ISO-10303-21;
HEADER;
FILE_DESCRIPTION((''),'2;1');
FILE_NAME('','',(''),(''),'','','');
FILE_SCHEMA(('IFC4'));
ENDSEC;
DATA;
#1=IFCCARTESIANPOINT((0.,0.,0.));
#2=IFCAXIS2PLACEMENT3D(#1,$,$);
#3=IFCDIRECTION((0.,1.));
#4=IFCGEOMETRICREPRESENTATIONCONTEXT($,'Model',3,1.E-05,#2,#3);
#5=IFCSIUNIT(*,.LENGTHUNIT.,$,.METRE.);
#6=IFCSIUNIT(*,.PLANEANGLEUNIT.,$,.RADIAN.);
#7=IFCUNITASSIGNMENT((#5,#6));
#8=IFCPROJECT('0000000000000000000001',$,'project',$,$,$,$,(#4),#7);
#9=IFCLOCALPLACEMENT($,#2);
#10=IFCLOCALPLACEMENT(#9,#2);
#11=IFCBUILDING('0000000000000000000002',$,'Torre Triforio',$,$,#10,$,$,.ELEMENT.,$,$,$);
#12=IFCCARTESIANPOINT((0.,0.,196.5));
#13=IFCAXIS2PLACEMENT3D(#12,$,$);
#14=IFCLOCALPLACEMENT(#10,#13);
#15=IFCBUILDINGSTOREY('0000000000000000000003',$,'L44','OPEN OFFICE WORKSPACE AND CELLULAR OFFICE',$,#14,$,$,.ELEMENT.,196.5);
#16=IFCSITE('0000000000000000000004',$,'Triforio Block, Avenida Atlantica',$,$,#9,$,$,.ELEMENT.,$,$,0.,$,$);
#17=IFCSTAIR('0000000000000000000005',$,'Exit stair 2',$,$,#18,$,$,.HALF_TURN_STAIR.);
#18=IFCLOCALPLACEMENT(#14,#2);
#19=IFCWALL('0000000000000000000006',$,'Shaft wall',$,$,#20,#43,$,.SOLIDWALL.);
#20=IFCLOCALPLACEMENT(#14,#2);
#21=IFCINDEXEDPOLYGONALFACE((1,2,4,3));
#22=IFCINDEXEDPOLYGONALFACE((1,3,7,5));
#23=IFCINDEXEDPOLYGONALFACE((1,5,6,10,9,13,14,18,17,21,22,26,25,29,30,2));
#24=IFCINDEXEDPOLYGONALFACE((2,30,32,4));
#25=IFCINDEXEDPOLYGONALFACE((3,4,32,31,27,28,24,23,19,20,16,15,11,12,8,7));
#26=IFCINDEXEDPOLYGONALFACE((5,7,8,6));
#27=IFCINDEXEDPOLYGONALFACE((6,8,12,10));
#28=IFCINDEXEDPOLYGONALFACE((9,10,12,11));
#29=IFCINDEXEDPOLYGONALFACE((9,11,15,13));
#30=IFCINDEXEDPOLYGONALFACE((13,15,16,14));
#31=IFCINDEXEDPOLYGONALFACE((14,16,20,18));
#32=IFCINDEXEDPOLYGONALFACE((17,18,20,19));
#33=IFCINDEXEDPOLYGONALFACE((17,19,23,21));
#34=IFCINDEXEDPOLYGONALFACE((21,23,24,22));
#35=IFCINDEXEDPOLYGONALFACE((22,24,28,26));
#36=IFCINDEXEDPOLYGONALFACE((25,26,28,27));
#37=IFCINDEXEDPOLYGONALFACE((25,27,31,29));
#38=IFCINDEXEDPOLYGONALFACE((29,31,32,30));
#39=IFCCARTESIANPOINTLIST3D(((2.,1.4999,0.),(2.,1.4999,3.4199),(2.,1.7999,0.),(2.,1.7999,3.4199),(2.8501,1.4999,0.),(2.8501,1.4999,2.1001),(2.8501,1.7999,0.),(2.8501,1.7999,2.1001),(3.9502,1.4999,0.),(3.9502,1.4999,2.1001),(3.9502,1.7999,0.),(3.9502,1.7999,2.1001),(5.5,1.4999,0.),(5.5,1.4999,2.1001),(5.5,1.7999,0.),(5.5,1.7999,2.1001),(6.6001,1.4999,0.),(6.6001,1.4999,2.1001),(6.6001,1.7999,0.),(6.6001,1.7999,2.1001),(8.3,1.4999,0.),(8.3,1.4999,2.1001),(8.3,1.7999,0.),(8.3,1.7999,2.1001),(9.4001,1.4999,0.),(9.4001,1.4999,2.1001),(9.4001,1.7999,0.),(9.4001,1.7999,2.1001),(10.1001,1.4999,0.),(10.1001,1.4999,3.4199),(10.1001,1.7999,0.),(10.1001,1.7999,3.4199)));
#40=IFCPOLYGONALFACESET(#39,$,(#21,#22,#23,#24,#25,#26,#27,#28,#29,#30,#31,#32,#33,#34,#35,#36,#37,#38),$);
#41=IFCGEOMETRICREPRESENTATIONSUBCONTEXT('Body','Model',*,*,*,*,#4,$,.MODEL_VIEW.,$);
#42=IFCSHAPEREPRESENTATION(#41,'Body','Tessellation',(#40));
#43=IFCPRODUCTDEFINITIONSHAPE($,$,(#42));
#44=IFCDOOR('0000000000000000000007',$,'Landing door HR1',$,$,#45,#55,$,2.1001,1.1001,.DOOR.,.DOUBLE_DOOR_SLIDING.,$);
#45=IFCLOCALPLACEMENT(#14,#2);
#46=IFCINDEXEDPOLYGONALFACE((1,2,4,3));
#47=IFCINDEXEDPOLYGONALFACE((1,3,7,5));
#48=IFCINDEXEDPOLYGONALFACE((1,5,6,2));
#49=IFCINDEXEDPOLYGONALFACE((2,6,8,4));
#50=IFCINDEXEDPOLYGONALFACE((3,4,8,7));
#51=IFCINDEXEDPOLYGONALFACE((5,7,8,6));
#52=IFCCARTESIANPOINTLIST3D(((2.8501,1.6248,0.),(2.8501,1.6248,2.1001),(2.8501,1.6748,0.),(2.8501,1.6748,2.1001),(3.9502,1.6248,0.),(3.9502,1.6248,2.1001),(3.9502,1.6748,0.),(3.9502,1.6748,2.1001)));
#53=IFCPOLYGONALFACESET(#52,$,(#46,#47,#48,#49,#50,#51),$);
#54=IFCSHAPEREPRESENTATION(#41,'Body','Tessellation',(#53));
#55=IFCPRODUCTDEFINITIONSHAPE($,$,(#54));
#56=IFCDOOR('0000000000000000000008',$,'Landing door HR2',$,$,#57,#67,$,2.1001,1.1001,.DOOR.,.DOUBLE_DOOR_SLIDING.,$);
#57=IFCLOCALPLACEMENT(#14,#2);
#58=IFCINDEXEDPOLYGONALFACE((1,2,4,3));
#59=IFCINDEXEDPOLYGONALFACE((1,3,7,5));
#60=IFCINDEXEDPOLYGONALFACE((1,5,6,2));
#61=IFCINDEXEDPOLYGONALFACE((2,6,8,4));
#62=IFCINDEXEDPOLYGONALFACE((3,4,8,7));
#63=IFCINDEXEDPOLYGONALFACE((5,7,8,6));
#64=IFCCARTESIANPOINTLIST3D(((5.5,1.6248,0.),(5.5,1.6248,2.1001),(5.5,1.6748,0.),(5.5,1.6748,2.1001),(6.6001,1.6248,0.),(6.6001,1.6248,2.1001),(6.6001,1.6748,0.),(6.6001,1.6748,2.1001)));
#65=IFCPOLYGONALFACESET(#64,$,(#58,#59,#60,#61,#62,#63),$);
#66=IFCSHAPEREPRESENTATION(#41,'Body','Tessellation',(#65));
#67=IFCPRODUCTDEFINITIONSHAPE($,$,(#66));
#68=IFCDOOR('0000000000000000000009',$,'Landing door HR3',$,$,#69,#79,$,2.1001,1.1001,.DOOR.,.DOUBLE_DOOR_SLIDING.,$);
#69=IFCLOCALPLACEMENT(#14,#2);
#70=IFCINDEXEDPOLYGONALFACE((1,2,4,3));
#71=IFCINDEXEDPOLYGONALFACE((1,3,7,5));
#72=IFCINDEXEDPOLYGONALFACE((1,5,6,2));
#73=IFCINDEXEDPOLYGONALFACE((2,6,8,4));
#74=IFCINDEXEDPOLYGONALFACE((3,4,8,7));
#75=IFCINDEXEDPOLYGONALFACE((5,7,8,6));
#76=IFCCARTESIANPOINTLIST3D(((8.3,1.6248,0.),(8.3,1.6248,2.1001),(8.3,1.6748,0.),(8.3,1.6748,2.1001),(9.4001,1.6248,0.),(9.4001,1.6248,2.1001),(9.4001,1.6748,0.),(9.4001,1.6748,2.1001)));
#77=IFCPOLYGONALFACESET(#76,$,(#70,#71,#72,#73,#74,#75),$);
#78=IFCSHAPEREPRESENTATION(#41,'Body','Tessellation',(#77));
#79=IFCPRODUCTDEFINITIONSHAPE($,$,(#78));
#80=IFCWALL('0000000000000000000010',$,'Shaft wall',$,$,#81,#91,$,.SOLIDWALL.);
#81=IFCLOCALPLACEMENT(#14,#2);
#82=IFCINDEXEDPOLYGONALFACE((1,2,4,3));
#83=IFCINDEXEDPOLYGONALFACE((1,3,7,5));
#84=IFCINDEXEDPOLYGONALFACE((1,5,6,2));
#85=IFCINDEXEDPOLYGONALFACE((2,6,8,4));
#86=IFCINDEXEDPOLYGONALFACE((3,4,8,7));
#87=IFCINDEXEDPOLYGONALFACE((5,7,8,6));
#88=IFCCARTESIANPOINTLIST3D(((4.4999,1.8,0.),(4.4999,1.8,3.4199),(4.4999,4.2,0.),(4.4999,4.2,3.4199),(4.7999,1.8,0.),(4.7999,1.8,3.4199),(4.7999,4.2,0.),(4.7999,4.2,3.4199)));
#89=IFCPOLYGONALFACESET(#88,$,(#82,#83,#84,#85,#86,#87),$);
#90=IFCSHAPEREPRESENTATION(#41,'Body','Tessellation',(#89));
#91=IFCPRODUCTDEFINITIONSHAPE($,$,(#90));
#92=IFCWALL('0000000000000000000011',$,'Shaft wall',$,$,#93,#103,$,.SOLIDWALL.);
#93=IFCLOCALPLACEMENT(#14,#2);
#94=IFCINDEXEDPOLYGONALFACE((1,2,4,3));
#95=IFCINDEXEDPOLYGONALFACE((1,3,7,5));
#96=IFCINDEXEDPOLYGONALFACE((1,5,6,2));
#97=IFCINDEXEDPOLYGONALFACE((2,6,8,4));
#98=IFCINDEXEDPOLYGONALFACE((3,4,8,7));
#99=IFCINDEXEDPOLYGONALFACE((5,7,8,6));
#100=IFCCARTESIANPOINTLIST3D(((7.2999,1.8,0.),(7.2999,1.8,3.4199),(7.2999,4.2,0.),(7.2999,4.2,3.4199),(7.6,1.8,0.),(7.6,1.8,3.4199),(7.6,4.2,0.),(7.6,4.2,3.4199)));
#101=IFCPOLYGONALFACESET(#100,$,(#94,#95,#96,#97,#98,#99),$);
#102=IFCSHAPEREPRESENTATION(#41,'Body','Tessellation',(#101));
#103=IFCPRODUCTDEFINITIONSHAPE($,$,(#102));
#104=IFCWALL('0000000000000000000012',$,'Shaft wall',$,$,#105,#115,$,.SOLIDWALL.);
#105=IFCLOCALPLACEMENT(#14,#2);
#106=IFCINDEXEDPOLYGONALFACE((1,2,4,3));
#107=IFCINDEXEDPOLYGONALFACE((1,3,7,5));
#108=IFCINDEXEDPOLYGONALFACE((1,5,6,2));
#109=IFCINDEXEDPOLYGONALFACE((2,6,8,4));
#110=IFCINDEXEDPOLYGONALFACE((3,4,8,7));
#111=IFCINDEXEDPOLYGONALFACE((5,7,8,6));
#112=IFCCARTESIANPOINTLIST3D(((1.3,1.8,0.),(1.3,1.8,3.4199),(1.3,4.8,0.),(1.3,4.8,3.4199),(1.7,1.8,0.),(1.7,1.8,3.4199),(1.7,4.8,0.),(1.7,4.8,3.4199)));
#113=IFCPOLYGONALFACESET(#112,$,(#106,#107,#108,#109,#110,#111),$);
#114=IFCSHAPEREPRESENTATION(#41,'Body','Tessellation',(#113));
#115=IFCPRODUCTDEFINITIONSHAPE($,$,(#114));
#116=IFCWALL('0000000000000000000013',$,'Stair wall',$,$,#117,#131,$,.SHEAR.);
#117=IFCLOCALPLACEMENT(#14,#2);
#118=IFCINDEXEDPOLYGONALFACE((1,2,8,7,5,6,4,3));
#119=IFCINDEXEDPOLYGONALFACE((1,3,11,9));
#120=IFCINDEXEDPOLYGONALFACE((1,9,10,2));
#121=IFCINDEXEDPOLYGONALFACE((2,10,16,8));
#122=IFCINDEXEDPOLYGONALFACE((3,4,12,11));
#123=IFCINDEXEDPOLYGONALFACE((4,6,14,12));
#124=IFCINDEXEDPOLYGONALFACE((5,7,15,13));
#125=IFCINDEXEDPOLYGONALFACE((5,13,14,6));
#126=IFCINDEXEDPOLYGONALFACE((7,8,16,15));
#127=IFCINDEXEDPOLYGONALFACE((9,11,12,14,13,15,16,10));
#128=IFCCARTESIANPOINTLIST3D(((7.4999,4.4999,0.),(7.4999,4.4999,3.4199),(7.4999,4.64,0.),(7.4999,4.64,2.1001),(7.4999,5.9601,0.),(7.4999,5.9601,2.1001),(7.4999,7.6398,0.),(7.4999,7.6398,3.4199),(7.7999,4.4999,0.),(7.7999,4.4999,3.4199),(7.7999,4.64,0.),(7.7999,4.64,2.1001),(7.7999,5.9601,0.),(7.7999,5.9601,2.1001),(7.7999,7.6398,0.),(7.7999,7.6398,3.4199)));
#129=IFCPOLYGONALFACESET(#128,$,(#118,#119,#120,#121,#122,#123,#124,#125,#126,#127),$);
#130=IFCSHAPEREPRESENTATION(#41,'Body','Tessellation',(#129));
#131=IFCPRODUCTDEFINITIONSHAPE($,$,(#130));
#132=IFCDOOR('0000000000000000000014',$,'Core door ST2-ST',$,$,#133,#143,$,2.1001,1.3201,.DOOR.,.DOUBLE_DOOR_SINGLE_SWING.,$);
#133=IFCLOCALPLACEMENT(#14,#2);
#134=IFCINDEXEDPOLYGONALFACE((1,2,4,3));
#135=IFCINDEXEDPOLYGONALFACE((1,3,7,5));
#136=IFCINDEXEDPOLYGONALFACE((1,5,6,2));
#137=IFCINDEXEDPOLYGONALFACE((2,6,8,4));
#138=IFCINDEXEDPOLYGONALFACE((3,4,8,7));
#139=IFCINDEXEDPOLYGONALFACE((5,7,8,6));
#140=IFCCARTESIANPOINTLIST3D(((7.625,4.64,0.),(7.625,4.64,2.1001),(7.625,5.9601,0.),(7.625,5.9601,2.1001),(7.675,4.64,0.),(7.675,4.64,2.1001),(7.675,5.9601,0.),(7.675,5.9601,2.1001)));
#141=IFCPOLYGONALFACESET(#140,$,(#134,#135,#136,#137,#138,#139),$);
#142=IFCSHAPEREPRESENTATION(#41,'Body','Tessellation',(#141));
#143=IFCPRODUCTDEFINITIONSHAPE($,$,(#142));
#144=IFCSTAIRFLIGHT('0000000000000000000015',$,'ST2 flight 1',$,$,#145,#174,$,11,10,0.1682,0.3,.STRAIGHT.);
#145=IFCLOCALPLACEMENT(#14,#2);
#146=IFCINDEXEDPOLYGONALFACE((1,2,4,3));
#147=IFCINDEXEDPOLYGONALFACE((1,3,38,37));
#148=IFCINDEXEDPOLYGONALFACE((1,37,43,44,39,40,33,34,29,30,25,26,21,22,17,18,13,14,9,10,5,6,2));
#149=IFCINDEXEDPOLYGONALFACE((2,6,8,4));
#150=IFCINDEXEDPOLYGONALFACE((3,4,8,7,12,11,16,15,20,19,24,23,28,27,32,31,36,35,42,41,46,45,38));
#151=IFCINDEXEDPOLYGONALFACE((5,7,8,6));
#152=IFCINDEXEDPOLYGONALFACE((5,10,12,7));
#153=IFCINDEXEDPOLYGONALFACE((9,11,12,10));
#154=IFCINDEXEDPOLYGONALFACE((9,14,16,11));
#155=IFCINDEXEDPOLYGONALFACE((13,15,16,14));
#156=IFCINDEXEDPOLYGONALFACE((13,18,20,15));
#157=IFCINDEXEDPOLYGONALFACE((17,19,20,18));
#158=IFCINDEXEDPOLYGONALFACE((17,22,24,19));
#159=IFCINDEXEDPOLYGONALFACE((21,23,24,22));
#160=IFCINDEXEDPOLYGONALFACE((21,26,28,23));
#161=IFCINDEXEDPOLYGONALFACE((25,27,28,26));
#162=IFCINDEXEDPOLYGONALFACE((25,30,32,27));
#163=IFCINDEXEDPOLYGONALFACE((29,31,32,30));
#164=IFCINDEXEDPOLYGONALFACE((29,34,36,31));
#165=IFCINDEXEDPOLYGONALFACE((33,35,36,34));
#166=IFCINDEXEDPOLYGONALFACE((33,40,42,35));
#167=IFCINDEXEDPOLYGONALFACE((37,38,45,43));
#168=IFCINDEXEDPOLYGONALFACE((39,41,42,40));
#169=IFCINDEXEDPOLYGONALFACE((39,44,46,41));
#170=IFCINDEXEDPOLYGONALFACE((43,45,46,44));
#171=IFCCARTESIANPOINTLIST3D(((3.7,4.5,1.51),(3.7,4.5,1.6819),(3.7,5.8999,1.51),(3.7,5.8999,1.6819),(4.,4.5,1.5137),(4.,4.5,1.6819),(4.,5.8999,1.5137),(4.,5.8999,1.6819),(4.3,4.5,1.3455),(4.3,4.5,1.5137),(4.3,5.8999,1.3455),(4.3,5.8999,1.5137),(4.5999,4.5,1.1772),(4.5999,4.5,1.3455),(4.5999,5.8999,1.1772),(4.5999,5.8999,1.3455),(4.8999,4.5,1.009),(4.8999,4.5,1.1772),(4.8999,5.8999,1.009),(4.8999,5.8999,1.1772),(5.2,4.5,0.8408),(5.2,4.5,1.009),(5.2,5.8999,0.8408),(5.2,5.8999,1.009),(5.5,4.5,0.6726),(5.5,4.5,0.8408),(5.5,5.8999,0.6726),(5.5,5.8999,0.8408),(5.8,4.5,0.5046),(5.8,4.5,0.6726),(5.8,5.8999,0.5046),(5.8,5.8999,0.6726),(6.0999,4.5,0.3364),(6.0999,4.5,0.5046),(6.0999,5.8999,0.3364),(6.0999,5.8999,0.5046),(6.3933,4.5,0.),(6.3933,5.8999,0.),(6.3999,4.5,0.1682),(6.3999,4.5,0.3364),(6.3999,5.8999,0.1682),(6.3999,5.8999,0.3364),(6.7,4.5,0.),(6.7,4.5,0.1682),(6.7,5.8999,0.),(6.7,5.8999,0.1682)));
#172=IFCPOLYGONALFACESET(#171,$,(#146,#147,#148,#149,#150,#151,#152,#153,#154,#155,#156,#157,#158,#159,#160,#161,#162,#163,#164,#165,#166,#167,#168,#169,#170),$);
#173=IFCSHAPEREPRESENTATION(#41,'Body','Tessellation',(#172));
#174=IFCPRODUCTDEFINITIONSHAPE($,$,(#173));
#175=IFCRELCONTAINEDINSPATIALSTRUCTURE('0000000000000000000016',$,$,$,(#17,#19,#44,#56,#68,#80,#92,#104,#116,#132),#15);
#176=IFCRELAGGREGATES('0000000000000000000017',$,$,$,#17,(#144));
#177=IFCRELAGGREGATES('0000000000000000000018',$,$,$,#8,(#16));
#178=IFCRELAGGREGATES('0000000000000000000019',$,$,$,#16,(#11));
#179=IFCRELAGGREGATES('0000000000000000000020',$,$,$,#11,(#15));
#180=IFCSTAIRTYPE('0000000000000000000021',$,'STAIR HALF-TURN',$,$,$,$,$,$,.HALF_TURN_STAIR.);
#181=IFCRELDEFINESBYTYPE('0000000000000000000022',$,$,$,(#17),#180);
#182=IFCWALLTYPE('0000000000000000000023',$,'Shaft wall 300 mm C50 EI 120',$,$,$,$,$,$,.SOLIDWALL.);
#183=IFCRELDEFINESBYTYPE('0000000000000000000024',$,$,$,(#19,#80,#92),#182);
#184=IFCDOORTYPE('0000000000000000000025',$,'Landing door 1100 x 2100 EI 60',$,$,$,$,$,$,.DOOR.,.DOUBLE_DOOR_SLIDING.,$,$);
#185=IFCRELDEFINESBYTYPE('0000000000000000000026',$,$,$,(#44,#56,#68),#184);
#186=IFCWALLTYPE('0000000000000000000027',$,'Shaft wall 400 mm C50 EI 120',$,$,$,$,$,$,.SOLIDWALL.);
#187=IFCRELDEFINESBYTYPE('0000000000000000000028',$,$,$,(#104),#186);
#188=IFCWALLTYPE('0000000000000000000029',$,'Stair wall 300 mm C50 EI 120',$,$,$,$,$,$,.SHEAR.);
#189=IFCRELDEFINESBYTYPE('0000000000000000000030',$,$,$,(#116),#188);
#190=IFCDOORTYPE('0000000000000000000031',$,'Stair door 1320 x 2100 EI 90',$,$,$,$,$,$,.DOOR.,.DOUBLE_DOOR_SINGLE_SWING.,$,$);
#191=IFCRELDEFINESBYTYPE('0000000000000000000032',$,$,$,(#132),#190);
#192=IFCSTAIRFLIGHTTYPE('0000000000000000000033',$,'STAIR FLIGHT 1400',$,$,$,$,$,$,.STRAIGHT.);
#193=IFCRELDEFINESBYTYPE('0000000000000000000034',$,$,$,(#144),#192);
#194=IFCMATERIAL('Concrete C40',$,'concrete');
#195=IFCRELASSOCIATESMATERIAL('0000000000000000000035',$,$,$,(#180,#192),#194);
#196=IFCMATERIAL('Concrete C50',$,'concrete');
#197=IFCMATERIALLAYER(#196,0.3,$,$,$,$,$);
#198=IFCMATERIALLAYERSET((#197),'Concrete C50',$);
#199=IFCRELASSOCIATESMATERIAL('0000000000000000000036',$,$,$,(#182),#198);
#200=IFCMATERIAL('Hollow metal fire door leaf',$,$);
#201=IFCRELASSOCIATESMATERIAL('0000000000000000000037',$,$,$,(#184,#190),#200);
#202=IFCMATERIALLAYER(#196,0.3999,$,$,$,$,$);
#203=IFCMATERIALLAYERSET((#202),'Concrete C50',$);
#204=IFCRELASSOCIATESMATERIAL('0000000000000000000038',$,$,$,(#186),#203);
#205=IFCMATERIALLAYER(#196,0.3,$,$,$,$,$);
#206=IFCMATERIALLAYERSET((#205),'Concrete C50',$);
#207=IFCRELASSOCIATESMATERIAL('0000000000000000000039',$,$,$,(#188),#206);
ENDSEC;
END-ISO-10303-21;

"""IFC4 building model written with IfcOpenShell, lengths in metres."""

from ifc_helpers import new_model, si_unit, direction, frame, frame_2d, origin, place, context, subcontext, project, spatial, polyline, rectangle, outline, extrude, material, layer, layer_set, type_object, element, fill, aggregate, save


model = new_model("IFC4")

# Units and contexts
model_context = context("Model", 3, precision=1e-05, world=origin(), true_north=direction((0.0, 1.0)))
body_context = subcontext(model_context, "Body", "Model", "MODEL_VIEW")
ifc_project = project(units=[si_unit("LENGTHUNIT", "METRE"), si_unit("PLANEANGLEUNIT", "RADIAN")], contexts=[model_context])

# Site, building, storey
site_placement = place(None, origin())
site = spatial("IfcSite", under=ifc_project, at=site_placement, Name="Triforio Block, Avenida Atlantica", CompositionType="ELEMENT", RefElevation=0.0)
building_placement = place(site_placement, origin())
building = spatial("IfcBuilding", under=site, at=building_placement, Name="Torre Triforio", CompositionType="ELEMENT")
storey_placement = place(building_placement, frame((0.0, 0.0, 196.5)))
storey = spatial("IfcBuildingStorey", under=building, at=storey_placement, Name="L44", Description="OPEN OFFICE WORKSPACE AND CELLULAR OFFICE", CompositionType="ELEMENT", Elevation=196.5)

# Shared definitions
ifc_material_1 = material(Name="Concrete C50", Category="concrete")

# Stair
ifc_material_2 = material(Name="Concrete C40", Category="concrete")
stair_type = type_object("IfcStairType", Name="STAIR HALF-TURN", PredefinedType="HALF_TURN_STAIR", material=ifc_material_2)
stair_1_placement = place(storey_placement, origin())
stair_1 = element("IfcStair", 1, at=stair_1_placement, inside=storey, type_object=stair_type, Name="Exit stair 2", PredefinedType="HALF_TURN_STAIR")

# Shared definitions
ifc_layer_1 = layer(ifc_material_1, 0.3)
ifc_layer_set_1 = layer_set([ifc_layer_1], Name="Concrete C50")
wall_type_1 = type_object("IfcWallType", Name="Shaft wall 300 mm C50 EI 120", PredefinedType="SOLIDWALL", material=ifc_layer_set_1)

# Wall, openings, doors
wall_1_placement = place(storey_placement, frame((2.0, 1.6499, 0.0), z_axis=(0.0, 0.0, 1.0), x_axis=(1.0, 0.0, 0.0)))
wall_1 = element("IfcWall", 2, at=wall_1_placement, inside=storey, type_object=wall_type_1, Name="Shaft wall", PredefinedType="SOLIDWALL", context=body_context, shape_type="SweptSolid", body=[
    extrude(rectangle(XDim=8.1001, YDim=0.3, at=frame_2d((4.05, 0.0))), origin(), (0.0, 0.0, 1.0), 3.4199),
])
opening_1_placement = place(wall_1_placement, frame((0.8501, 0.0, 0.0)))
opening_1 = element("IfcOpeningElement", 3, at=opening_1_placement, cuts=wall_1, PredefinedType="OPENING", context=body_context, shape_type="SweptSolid", body=[
    extrude(rectangle(XDim=1.1001, YDim=2.1001, at=frame_2d((0.55, 1.05))), frame((0.0, 0.1599, 0.0), z_axis=(0.0, -1.0, 0.0), x_axis=(1.0, 0.0, 0.0)), (0.0, 0.0, 1.0), 0.3201),
])
opening_2_placement = place(wall_1_placement, frame((3.5, 0.0, 0.0)))
opening_2 = element("IfcOpeningElement", 4, at=opening_2_placement, cuts=wall_1, PredefinedType="OPENING", context=body_context, shape_type="SweptSolid", body=[
    extrude(rectangle(XDim=1.1001, YDim=2.1001, at=frame_2d((0.55, 1.05))), frame((0.0, 0.1599, 0.0), z_axis=(0.0, -1.0, 0.0), x_axis=(1.0, 0.0, 0.0)), (0.0, 0.0, 1.0), 0.3201),
])
opening_3_placement = place(wall_1_placement, frame((6.3, 0.0, 0.0)))
opening_3 = element("IfcOpeningElement", 5, at=opening_3_placement, cuts=wall_1, PredefinedType="OPENING", context=body_context, shape_type="SweptSolid", body=[
    extrude(rectangle(XDim=1.1001, YDim=2.1001, at=frame_2d((0.55, 1.05))), frame((0.0, 0.1599, 0.0), z_axis=(0.0, -1.0, 0.0), x_axis=(1.0, 0.0, 0.0)), (0.0, 0.0, 1.0), 0.3201),
])
ifc_material_3 = material(Name="Hollow metal fire door leaf")
door_type_1 = type_object("IfcDoorType", Name="Landing door 1100 x 2100 EI 60", OperationType="DOUBLE_DOOR_SLIDING", PredefinedType="DOOR", material=ifc_material_3)
door_1_placement = place(opening_1_placement, origin())
door_1 = element("IfcDoor", 6, at=door_1_placement, inside=storey, type_object=door_type_1, Name="Landing door HR1", OperationType="DOUBLE_DOOR_SLIDING", OverallHeight=2.1001, OverallWidth=1.1001, PredefinedType="DOOR", context=body_context, shape_type="SweptSolid", body=[
    extrude(rectangle(XDim=1.1001, YDim=2.1001, at=frame_2d((0.55, 1.05))), frame((0.0, 0.0249, 0.0), z_axis=(0.0, -1.0, 0.0), x_axis=(1.0, 0.0, 0.0)), (0.0, 0.0, 1.0), 0.05),
])
fill(opening_1, door_1)
door_2_placement = place(opening_2_placement, origin())
door_2 = element("IfcDoor", 7, at=door_2_placement, inside=storey, type_object=door_type_1, Name="Landing door HR2", OperationType="DOUBLE_DOOR_SLIDING", OverallHeight=2.1001, OverallWidth=1.1001, PredefinedType="DOOR", context=body_context, shape_type="SweptSolid", body=[
    extrude(rectangle(XDim=1.1001, YDim=2.1001, at=frame_2d((0.55, 1.05))), frame((0.0, 0.0249, 0.0), z_axis=(0.0, -1.0, 0.0), x_axis=(1.0, 0.0, 0.0)), (0.0, 0.0, 1.0), 0.05),
])
fill(opening_2, door_2)
door_3_placement = place(opening_3_placement, origin())
door_3 = element("IfcDoor", 8, at=door_3_placement, inside=storey, type_object=door_type_1, Name="Landing door HR3", OperationType="DOUBLE_DOOR_SLIDING", OverallHeight=2.1001, OverallWidth=1.1001, PredefinedType="DOOR", context=body_context, shape_type="SweptSolid", body=[
    extrude(rectangle(XDim=1.1001, YDim=2.1001, at=frame_2d((0.55, 1.05))), frame((0.0, 0.0249, 0.0), z_axis=(0.0, -1.0, 0.0), x_axis=(1.0, 0.0, 0.0)), (0.0, 0.0, 1.0), 0.05),
])
fill(opening_3, door_3)

# Walls
for number, where, z_axis, x_axis, name in (
    (9, (4.6499, 1.8, 0.0), (0.0, 0.0, 1.0), (0.0, 1.0, 0.0), "Shaft wall"),
    (10, (7.45, 1.8, 0.0), (0.0, 0.0, 1.0), (0.0, 1.0, 0.0), "Shaft wall"),
):
    element("IfcWall", number, at=place(storey_placement, frame(where, z_axis=z_axis, x_axis=x_axis)), inside=storey, type_object=wall_type_1, Name=name, PredefinedType="SOLIDWALL", context=body_context, shape_type="SweptSolid", body=[
        extrude(rectangle(XDim=2.3999, YDim=0.3, at=frame_2d((1.2, 0.0))), origin(), (0.0, 0.0, 1.0), 3.4199),
    ])
ifc_layer_2 = layer(ifc_material_1, 0.3999)
ifc_layer_set_2 = layer_set([ifc_layer_2], Name="Concrete C50")
wall_type_2 = type_object("IfcWallType", Name="Shaft wall 400 mm C50 EI 120", PredefinedType="SOLIDWALL", material=ifc_layer_set_2)
wall_2_placement = place(storey_placement, frame((1.5, 1.8, 0.0), z_axis=(0.0, 0.0, 1.0), x_axis=(0.0, 1.0, 0.0)))
element("IfcWall", 11, at=wall_2_placement, inside=storey, type_object=wall_type_2, Name="Shaft wall", PredefinedType="SOLIDWALL", context=body_context, shape_type="SweptSolid", body=[
    extrude(rectangle(XDim=3.0, YDim=0.3999, at=frame_2d((1.5, 0.0))), origin(), (0.0, 0.0, 1.0), 3.4199),
])

# Wall, opening, door
ifc_layer_3 = layer(ifc_material_1, 0.3)
ifc_layer_set_3 = layer_set([ifc_layer_3], Name="Concrete C50")
wall_type_3 = type_object("IfcWallType", Name="Stair wall 300 mm C50 EI 120", PredefinedType="SHEAR", material=ifc_layer_set_3)
wall_3_placement = place(storey_placement, frame((7.6499, 4.5, 0.0), z_axis=(0.0, 0.0, 1.0), x_axis=(0.0, 1.0, 0.0)))
wall_3 = element("IfcWall", 12, at=wall_3_placement, inside=storey, type_object=wall_type_3, Name="Stair wall", PredefinedType="SHEAR", context=body_context, shape_type="SweptSolid", body=[
    extrude(rectangle(XDim=3.1399, YDim=0.3, at=frame_2d((1.5698, 0.0))), origin(), (0.0, 0.0, 1.0), 3.4199),
])
opening_4_placement = place(wall_3_placement, frame((0.1399, 0.0, 0.0)))
opening_4 = element("IfcOpeningElement", 13, at=opening_4_placement, cuts=wall_3, PredefinedType="OPENING", context=body_context, shape_type="SweptSolid", body=[
    extrude(rectangle(XDim=1.3201, YDim=2.1001, at=frame_2d((0.6602, 1.05))), frame((0.0, 0.1599, 0.0), z_axis=(0.0, -1.0, 0.0), x_axis=(1.0, 0.0, 0.0)), (0.0, 0.0, 1.0), 0.3201),
])
door_type_2 = type_object("IfcDoorType", Name="Stair door 1320 x 2100 EI 90", OperationType="DOUBLE_DOOR_SINGLE_SWING", PredefinedType="DOOR", material=ifc_material_3)
door_4_placement = place(opening_4_placement, origin())
door_4 = element("IfcDoor", 14, at=door_4_placement, inside=storey, type_object=door_type_2, Name="Core door ST2-ST", OperationType="DOUBLE_DOOR_SINGLE_SWING", OverallHeight=2.1001, OverallWidth=1.3201, PredefinedType="DOOR", context=body_context, shape_type="SweptSolid", body=[
    extrude(rectangle(XDim=1.3201, YDim=2.1001, at=frame_2d((0.6602, 1.05))), frame((0.0, 0.0249, 0.0), z_axis=(0.0, -1.0, 0.0), x_axis=(1.0, 0.0, 0.0)), (0.0, 0.0, 1.0), 0.05),
])
fill(opening_4, door_4)

# Stair flight
stair_flight_type = type_object("IfcStairFlightType", Name="STAIR FLIGHT 1400", PredefinedType="STRAIGHT", material=ifc_material_2)
stair_flight_placement = place(storey_placement, frame((6.7, 5.2, 0.0), z_axis=(0.0, 0.0, 1.0), x_axis=(-1.0, 0.0, 0.0)))
stair_flight = element("IfcStairFlight", 15, at=stair_flight_placement, type_object=stair_flight_type, Name="ST2 flight 1", NumberOfRisers=11, NumberOfTreads=10, PredefinedType="STRAIGHT", RiserHeight=0.1682, TreadLength=0.3, context=body_context, shape_type="SweptSolid", body=[
    extrude(outline(polyline([(0.0, 0.0), (0.0, 0.1682), (0.3, 0.1682), (0.3, 0.3364), (0.6001, 0.3364), (0.6001, 0.5046), (0.8999, 0.5046), (0.8999, 0.6726), (1.2, 0.6726), (1.2, 0.8408), (1.5, 0.8408), (1.5, 1.009), (1.8, 1.009), (1.8, 1.1772), (2.1001, 1.1772), (2.1001, 1.3455), (2.3999, 1.3455), (2.3999, 1.5137), (2.7, 1.5137), (2.7, 1.6819), (3.0, 1.6819), (3.0, 1.8501), (3.0, 1.51), (0.3066, 0.0), (0.0, 0.0)])), frame((0.0, 0.7, 0.0), z_axis=(0.0, -1.0, 0.0), x_axis=(1.0, 0.0, 0.0)), (0.0, 0.0, 1.0), 1.3999),
])
aggregate(stair_1, [stair_flight])

save(model, "model.ifc")
